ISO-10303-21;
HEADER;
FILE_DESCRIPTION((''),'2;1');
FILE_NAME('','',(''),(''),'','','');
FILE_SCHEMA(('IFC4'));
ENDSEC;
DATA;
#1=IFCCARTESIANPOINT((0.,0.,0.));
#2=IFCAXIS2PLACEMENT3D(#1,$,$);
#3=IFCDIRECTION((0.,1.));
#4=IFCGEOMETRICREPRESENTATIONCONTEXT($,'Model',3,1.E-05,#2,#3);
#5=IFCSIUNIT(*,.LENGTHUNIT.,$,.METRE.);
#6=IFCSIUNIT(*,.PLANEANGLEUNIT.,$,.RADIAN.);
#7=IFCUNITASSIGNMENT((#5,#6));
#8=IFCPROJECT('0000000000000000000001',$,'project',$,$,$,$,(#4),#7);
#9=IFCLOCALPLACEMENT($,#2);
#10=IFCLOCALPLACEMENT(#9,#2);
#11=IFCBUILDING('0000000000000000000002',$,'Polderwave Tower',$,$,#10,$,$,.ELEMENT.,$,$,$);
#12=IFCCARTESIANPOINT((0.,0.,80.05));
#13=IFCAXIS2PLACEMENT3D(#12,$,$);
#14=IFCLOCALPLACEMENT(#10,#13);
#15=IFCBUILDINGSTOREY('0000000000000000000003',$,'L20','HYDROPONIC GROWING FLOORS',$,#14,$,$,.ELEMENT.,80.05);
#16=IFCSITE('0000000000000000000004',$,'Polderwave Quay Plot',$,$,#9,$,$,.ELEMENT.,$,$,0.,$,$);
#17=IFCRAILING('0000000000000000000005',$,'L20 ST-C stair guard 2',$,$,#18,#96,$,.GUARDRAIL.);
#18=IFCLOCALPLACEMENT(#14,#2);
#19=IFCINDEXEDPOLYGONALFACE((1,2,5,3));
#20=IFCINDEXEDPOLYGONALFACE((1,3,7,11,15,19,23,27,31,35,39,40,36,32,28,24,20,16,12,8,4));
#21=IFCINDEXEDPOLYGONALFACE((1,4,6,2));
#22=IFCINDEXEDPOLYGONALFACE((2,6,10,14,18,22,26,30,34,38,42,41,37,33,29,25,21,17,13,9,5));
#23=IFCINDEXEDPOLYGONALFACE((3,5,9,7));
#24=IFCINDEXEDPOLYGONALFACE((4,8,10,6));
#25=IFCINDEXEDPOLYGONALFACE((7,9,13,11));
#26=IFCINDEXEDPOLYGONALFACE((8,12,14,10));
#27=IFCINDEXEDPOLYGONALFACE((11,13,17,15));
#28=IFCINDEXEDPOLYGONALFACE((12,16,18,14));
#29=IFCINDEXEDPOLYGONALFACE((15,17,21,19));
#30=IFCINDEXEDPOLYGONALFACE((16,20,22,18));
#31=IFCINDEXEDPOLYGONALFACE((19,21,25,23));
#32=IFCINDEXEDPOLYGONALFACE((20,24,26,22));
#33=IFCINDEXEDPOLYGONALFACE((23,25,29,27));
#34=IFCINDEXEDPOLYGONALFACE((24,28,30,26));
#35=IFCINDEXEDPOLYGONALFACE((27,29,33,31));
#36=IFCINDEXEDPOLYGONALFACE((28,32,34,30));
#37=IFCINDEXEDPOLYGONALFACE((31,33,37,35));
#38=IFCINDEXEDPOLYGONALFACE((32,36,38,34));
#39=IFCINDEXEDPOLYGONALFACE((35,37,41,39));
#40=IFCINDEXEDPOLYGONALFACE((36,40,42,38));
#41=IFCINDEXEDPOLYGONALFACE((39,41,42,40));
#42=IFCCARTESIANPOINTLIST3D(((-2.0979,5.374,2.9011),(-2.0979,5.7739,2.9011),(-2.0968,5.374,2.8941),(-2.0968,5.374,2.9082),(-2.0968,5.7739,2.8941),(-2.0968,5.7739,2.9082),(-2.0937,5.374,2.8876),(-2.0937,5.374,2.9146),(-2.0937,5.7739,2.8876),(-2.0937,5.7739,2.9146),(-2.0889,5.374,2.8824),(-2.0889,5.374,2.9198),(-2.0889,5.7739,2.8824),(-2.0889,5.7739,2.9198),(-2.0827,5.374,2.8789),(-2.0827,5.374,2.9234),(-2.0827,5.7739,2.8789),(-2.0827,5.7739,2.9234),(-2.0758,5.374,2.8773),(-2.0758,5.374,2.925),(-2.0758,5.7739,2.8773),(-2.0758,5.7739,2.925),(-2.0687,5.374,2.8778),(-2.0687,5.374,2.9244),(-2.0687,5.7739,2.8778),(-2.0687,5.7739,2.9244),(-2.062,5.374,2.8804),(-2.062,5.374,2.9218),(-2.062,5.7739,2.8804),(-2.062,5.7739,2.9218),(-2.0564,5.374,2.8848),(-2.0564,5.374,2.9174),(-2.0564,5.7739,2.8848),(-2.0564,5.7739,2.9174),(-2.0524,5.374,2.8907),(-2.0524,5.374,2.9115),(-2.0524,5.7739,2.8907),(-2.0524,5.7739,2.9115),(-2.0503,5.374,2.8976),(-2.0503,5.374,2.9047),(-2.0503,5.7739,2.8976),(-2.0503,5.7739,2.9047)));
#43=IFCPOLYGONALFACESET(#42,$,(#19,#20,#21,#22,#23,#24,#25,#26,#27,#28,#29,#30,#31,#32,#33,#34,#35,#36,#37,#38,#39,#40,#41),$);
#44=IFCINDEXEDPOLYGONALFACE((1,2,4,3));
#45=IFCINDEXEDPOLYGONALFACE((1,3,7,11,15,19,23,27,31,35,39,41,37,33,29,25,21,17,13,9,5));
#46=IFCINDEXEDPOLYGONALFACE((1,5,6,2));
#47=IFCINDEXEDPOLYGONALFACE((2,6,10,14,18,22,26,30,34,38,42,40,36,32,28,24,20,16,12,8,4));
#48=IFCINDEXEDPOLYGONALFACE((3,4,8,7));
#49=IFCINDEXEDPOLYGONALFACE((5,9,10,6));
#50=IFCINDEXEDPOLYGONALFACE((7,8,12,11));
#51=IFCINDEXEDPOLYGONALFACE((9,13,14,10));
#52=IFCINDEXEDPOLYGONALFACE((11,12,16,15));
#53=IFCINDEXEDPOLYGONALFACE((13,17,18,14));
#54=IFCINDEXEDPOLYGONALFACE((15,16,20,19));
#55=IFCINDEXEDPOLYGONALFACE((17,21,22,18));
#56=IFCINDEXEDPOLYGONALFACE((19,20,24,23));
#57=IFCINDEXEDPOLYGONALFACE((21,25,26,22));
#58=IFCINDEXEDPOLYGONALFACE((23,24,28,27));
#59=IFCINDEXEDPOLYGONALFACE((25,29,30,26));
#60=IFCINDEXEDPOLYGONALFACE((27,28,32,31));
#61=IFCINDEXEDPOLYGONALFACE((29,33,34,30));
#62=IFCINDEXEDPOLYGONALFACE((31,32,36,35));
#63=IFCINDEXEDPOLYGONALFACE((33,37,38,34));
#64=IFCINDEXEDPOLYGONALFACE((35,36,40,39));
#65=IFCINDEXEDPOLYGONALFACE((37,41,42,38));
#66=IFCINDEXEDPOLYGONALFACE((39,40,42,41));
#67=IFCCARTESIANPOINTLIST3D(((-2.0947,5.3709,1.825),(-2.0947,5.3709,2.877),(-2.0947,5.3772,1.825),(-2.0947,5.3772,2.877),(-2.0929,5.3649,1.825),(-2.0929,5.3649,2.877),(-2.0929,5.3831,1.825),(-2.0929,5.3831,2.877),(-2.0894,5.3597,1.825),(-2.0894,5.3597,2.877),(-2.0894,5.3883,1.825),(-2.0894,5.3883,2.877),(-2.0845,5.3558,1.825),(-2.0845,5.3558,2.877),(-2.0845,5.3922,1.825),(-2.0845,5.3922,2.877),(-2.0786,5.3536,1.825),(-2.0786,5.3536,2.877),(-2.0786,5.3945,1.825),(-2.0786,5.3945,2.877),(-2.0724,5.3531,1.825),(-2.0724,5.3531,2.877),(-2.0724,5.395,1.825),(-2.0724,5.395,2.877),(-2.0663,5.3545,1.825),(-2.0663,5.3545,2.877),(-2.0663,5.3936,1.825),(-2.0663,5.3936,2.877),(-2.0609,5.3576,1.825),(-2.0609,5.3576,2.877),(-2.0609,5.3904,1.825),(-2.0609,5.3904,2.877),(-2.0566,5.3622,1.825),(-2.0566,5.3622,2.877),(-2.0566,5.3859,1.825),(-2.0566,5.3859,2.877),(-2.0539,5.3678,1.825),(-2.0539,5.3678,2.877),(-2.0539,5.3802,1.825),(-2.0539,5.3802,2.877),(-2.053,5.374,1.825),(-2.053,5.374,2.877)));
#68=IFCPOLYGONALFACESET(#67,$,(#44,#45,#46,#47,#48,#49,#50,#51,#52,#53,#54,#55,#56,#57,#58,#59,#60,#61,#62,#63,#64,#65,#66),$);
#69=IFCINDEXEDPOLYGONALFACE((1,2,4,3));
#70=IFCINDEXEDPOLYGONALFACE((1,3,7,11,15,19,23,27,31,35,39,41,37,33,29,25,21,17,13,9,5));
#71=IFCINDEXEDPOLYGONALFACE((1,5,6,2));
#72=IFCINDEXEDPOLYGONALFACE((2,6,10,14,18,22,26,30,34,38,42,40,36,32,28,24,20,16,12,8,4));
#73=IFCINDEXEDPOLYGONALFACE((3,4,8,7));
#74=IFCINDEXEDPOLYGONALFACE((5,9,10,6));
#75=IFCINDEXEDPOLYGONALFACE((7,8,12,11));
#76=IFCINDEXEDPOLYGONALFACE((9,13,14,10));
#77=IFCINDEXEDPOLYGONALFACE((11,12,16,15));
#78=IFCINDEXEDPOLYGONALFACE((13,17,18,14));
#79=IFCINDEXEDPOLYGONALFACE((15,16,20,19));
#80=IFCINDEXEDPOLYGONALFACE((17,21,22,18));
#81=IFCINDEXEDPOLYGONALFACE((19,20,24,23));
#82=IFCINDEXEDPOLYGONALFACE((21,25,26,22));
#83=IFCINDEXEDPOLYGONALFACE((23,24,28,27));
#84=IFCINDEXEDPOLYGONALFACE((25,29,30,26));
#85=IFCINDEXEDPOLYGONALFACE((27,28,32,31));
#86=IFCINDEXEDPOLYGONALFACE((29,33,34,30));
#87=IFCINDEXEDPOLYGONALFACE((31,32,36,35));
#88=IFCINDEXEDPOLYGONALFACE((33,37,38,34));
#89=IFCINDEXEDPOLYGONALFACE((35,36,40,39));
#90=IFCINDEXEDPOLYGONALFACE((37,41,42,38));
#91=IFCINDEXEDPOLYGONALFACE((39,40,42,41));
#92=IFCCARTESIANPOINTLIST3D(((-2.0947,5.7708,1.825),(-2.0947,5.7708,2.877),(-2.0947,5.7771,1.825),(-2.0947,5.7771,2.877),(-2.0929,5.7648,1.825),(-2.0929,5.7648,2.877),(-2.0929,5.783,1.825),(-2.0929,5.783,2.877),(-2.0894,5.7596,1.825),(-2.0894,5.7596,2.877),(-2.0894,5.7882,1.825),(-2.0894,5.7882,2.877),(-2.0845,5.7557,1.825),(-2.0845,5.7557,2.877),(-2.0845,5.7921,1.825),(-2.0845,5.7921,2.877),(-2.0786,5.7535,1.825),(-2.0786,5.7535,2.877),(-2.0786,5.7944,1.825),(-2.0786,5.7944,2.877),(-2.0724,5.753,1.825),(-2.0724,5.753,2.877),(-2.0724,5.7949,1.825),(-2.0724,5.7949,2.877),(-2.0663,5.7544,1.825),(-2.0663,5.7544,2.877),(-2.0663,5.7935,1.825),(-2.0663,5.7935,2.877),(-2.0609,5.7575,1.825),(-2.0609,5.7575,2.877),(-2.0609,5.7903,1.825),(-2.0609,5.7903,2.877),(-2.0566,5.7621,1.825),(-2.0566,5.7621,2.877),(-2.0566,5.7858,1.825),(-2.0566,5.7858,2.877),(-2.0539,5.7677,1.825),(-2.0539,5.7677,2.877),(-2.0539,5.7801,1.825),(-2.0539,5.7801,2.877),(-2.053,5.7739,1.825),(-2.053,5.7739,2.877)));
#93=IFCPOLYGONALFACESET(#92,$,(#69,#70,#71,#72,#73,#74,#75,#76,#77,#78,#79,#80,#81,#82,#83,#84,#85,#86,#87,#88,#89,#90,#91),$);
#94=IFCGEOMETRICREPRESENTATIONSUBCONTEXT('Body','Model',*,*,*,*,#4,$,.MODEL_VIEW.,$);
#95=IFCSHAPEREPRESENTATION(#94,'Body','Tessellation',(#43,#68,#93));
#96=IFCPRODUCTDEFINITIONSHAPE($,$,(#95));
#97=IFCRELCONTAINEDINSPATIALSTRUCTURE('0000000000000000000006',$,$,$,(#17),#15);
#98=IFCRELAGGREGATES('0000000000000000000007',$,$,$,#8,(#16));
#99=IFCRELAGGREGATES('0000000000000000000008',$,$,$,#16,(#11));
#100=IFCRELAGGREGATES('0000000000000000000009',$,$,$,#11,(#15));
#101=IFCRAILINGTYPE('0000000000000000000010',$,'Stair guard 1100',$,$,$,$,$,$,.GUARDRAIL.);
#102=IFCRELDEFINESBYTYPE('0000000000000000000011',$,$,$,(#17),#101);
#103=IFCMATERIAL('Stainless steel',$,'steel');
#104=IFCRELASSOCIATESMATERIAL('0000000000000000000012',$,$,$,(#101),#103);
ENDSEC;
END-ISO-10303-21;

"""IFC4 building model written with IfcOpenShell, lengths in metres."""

from ifc_helpers import new_model, si_unit, direction, frame, origin, origin_2d, place, context, subcontext, project, spatial, circle, extrude, material, type_object, element, save


model = new_model("IFC4")

# Units and contexts
model_context = context("Model", 3, precision=1e-05, world=origin(), true_north=direction((0.0, 1.0)))
body_context = subcontext(model_context, "Body", "Model", "MODEL_VIEW")
ifc_project = project(units=[si_unit("LENGTHUNIT", "METRE"), si_unit("PLANEANGLEUNIT", "RADIAN")], contexts=[model_context])

# Site, building, storey
site_placement = place(None, origin())
site = spatial("IfcSite", under=ifc_project, at=site_placement, Name="Polderwave Quay Plot", CompositionType="ELEMENT", RefElevation=0.0)
building_placement = place(site_placement, origin())
building = spatial("IfcBuilding", under=site, at=building_placement, Name="Polderwave Tower", CompositionType="ELEMENT")
storey_placement = place(building_placement, frame((0.0, 0.0, 80.05)))
storey = spatial("IfcBuildingStorey", under=building, at=storey_placement, Name="L20", Description="HYDROPONIC GROWING FLOORS", CompositionType="ELEMENT", Elevation=80.05)

# Railing
ifc_material_1 = material(Name="Stainless steel", Category="steel")
railing_type_1 = type_object("IfcRailingType", Name="Stair guard 1100", PredefinedType="GUARDRAIL", material=ifc_material_1)
railing_1_placement = place(storey_placement, frame((-2.074, 5.374, 1.825)))
element("IfcRailing", 1, at=railing_1_placement, inside=storey, type_object=railing_type_1, Name="L20 ST-C stair guard 2", PredefinedType="GUARDRAIL", context=body_context, shape_type="SweptSolid", body=[
    extrude(circle(Radius=0.0239, at=origin_2d()), frame((0.0, 0.0, 1.0762), z_axis=(0.0, 1.0, 0.0), x_axis=(-1.0, 0.0, 0.0)), (0.0, 0.0, 1.0), 0.3999),
    extrude(circle(Radius=0.021, at=origin_2d()), origin(), (0.0, 0.0, 1.0), 1.052),
    extrude(circle(Radius=0.021, at=origin_2d()), frame((0.0, 0.3999, 0.0)), (0.0, 0.0, 1.0), 1.052),
])

save(model, "model.ifc")
